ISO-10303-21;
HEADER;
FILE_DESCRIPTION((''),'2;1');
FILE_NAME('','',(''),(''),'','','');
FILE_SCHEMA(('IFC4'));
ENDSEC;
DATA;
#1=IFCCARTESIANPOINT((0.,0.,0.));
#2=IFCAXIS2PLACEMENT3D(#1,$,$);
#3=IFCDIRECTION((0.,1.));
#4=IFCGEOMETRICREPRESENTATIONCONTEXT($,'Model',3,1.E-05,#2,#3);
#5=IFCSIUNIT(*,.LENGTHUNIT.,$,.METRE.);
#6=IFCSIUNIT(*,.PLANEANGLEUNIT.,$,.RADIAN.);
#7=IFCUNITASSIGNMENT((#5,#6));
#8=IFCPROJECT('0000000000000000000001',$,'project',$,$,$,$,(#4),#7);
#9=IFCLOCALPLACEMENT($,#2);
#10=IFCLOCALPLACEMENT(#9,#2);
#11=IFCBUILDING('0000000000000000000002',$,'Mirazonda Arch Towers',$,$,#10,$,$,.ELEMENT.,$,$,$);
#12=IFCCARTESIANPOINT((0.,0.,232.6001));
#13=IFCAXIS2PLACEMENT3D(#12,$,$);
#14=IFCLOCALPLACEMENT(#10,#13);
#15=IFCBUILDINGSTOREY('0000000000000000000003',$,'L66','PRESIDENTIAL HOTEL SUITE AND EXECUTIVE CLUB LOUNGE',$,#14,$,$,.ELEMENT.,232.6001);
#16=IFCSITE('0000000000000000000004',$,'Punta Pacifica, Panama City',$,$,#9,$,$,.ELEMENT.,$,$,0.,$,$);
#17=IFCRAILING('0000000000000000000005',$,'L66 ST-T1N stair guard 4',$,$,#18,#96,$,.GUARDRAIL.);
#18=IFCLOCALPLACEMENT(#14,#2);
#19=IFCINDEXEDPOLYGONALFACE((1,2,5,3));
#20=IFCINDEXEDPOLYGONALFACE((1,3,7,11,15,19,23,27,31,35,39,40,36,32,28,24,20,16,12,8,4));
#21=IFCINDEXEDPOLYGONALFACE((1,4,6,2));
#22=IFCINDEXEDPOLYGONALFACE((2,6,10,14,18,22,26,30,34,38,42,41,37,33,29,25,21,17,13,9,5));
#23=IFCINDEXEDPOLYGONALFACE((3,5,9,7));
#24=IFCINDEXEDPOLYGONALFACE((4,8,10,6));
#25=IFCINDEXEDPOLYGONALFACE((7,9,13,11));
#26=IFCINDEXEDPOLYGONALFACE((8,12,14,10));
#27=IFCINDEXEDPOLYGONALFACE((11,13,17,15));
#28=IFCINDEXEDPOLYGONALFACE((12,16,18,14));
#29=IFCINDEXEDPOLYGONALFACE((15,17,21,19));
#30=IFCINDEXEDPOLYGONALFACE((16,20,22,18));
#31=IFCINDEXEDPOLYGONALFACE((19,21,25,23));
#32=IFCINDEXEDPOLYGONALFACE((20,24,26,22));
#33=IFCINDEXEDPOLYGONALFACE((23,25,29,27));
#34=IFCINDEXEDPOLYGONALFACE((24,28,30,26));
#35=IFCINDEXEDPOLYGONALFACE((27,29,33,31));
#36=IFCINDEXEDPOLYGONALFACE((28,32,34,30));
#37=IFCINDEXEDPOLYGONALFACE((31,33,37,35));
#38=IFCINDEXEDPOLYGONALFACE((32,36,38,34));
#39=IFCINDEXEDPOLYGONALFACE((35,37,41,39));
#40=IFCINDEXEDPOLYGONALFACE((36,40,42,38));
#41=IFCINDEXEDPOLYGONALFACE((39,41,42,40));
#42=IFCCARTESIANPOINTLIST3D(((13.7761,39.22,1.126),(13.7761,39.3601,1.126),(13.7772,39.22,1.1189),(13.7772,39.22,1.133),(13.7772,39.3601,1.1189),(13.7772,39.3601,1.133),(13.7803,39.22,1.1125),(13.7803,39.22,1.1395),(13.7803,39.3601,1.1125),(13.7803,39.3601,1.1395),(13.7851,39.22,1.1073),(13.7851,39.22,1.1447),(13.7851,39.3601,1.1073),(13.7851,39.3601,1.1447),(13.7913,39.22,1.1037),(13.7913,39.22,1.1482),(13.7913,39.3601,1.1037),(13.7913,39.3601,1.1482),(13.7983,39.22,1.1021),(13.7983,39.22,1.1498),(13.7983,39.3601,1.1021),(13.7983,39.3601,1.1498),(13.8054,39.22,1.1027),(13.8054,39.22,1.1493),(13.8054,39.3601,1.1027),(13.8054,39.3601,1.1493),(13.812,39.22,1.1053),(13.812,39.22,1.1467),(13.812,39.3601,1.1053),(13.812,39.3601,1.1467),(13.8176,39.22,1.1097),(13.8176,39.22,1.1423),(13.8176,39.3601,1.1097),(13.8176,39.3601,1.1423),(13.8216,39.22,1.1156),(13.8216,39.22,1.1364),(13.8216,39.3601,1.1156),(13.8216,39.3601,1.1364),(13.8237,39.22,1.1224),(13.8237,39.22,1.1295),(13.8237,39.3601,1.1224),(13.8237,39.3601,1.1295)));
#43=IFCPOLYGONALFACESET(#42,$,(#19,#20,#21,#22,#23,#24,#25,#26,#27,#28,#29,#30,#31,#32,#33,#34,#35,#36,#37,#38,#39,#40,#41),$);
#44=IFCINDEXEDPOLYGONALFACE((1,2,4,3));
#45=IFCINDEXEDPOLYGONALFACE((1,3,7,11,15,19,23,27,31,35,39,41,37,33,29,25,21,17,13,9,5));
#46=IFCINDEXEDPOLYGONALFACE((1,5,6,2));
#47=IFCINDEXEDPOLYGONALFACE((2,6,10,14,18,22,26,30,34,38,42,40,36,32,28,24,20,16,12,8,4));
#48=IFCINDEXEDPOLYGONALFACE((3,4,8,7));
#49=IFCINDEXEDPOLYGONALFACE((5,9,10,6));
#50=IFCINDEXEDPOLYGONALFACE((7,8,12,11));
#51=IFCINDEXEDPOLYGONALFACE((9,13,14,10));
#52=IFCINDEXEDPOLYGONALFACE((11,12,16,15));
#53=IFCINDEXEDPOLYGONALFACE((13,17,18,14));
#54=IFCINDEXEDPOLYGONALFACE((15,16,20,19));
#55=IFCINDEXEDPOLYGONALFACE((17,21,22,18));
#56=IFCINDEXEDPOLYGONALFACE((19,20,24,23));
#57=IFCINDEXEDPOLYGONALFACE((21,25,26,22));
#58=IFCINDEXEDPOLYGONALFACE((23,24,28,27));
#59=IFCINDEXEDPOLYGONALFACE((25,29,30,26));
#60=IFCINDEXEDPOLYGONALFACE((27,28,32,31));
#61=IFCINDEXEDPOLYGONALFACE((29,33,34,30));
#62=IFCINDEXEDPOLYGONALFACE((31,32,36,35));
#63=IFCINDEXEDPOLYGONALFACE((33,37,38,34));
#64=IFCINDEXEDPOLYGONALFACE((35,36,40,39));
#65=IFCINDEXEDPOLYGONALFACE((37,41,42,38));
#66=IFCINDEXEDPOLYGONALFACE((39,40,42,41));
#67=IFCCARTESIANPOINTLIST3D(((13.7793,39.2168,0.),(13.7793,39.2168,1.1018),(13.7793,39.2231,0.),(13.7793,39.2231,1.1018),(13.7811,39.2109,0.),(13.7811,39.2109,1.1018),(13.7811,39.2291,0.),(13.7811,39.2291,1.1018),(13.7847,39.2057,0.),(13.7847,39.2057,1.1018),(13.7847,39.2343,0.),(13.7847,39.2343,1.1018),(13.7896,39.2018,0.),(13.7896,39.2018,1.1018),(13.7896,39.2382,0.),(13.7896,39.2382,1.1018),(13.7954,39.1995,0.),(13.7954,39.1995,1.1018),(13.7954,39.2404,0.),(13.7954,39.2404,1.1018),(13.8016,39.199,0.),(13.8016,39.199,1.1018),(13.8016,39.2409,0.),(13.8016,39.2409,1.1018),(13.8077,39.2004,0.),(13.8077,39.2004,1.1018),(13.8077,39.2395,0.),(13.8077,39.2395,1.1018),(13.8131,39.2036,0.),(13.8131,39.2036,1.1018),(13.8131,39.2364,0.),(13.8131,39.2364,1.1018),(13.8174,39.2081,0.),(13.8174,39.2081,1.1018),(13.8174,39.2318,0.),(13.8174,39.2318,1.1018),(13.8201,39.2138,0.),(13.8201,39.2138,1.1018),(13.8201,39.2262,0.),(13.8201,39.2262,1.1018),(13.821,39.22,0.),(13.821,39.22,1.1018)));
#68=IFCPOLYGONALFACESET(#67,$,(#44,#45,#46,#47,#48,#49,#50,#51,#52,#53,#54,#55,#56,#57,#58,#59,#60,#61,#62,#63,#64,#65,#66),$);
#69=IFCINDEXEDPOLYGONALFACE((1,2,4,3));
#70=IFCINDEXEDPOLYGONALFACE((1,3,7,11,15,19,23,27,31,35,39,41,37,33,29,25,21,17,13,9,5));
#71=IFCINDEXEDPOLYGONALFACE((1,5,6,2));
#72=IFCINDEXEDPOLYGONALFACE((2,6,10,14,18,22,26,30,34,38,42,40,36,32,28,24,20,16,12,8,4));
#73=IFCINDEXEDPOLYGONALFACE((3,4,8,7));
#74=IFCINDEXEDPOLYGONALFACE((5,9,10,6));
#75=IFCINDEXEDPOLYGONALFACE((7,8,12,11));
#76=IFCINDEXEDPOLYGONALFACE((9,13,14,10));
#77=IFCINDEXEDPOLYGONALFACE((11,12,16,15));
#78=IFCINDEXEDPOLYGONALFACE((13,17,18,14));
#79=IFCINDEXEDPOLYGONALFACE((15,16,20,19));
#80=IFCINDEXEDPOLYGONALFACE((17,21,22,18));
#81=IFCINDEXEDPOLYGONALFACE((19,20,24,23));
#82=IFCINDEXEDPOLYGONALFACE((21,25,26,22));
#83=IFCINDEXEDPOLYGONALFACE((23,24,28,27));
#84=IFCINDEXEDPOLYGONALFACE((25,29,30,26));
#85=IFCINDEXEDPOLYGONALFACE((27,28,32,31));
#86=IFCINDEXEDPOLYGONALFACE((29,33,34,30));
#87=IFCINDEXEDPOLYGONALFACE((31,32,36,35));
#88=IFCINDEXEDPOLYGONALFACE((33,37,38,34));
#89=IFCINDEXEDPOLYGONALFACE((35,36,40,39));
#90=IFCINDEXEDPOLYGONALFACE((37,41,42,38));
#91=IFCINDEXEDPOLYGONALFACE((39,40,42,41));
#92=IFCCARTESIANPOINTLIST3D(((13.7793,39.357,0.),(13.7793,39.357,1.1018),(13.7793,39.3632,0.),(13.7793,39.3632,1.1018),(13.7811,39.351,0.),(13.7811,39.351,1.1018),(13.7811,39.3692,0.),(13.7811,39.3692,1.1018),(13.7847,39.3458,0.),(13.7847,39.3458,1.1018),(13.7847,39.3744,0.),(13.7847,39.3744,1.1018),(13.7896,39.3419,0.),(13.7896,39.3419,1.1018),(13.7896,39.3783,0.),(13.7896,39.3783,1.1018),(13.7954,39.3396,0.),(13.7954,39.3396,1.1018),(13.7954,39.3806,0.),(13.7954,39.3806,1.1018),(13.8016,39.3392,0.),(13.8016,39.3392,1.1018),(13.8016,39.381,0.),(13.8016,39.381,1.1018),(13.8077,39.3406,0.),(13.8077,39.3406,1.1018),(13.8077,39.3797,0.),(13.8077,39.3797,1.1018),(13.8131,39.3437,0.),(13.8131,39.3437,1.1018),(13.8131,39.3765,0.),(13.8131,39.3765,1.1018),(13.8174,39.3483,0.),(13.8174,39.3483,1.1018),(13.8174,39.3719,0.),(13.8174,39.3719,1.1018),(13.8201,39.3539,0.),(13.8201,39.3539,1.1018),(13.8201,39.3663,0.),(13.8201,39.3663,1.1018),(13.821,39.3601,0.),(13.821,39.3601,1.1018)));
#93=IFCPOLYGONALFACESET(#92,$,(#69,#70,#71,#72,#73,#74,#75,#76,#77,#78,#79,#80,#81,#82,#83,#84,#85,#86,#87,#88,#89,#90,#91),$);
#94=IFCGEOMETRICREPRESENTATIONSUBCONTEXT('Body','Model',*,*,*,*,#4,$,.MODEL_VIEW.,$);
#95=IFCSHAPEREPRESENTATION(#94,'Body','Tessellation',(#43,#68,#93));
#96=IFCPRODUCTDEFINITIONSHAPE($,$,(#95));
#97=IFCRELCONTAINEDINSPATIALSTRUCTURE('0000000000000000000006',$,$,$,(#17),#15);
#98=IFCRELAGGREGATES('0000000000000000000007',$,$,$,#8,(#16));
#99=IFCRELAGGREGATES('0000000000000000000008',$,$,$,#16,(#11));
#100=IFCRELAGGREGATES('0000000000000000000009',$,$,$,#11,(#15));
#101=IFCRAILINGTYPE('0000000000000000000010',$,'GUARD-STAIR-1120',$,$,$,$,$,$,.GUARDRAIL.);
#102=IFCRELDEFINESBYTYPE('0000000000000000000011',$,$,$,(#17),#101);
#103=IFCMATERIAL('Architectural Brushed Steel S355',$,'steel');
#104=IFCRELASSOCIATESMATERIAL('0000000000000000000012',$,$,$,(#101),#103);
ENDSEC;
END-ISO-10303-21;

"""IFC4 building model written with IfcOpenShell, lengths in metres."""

from ifc_helpers import new_model, si_unit, direction, frame, origin, origin_2d, place, context, subcontext, project, spatial, circle, extrude, material, type_object, element, save


model = new_model("IFC4")

# Units and contexts
model_context = context("Model", 3, precision=1e-05, world=origin(), true_north=direction((0.0, 1.0)))
body_context = subcontext(model_context, "Body", "Model", "MODEL_VIEW")
ifc_project = project(units=[si_unit("LENGTHUNIT", "METRE"), si_unit("PLANEANGLEUNIT", "RADIAN")], contexts=[model_context])

# Site, building, storey
site_placement = place(None, origin())
site = spatial("IfcSite", under=ifc_project, at=site_placement, Name="Punta Pacifica, Panama City", CompositionType="ELEMENT", RefElevation=0.0)
building_placement = place(site_placement, origin())
building = spatial("IfcBuilding", under=site, at=building_placement, Name="Mirazonda Arch Towers", CompositionType="ELEMENT")
storey_placement = place(building_placement, frame((0.0, 0.0, 232.6001)))
storey = spatial("IfcBuildingStorey", under=building, at=storey_placement, Name="L66", Description="PRESIDENTIAL HOTEL SUITE AND EXECUTIVE CLUB LOUNGE", CompositionType="ELEMENT", Elevation=232.6001)

# Shared definitions
ifc_material_1 = material(Name="Architectural Brushed Steel S355", Category="steel")

# Railing
railing_type_1 = type_object("IfcRailingType", Name="GUARD-STAIR-1120", PredefinedType="GUARDRAIL", material=ifc_material_1)
railing_1_placement = place(storey_placement, frame((13.8, 39.22, 0.0)))
element("IfcRailing", 1, at=railing_1_placement, inside=storey, type_object=railing_type_1, Name="L66 ST-T1N stair guard 4", PredefinedType="GUARDRAIL", context=body_context, shape_type="SweptSolid", body=[
    extrude(circle(Radius=0.0239, at=origin_2d()), frame((0.0, 0.0, 1.126), z_axis=(0.0, 1.0, 0.0), x_axis=(-1.0, 0.0, 0.0)), (0.0, 0.0, 1.0), 0.1401),
    extrude(circle(Radius=0.021, at=origin_2d()), origin(), (0.0, 0.0, 1.0), 1.1018),
    extrude(circle(Radius=0.021, at=origin_2d()), frame((0.0, 0.1401, 0.0)), (0.0, 0.0, 1.0), 1.1018),
])

save(model, "model.ifc")
